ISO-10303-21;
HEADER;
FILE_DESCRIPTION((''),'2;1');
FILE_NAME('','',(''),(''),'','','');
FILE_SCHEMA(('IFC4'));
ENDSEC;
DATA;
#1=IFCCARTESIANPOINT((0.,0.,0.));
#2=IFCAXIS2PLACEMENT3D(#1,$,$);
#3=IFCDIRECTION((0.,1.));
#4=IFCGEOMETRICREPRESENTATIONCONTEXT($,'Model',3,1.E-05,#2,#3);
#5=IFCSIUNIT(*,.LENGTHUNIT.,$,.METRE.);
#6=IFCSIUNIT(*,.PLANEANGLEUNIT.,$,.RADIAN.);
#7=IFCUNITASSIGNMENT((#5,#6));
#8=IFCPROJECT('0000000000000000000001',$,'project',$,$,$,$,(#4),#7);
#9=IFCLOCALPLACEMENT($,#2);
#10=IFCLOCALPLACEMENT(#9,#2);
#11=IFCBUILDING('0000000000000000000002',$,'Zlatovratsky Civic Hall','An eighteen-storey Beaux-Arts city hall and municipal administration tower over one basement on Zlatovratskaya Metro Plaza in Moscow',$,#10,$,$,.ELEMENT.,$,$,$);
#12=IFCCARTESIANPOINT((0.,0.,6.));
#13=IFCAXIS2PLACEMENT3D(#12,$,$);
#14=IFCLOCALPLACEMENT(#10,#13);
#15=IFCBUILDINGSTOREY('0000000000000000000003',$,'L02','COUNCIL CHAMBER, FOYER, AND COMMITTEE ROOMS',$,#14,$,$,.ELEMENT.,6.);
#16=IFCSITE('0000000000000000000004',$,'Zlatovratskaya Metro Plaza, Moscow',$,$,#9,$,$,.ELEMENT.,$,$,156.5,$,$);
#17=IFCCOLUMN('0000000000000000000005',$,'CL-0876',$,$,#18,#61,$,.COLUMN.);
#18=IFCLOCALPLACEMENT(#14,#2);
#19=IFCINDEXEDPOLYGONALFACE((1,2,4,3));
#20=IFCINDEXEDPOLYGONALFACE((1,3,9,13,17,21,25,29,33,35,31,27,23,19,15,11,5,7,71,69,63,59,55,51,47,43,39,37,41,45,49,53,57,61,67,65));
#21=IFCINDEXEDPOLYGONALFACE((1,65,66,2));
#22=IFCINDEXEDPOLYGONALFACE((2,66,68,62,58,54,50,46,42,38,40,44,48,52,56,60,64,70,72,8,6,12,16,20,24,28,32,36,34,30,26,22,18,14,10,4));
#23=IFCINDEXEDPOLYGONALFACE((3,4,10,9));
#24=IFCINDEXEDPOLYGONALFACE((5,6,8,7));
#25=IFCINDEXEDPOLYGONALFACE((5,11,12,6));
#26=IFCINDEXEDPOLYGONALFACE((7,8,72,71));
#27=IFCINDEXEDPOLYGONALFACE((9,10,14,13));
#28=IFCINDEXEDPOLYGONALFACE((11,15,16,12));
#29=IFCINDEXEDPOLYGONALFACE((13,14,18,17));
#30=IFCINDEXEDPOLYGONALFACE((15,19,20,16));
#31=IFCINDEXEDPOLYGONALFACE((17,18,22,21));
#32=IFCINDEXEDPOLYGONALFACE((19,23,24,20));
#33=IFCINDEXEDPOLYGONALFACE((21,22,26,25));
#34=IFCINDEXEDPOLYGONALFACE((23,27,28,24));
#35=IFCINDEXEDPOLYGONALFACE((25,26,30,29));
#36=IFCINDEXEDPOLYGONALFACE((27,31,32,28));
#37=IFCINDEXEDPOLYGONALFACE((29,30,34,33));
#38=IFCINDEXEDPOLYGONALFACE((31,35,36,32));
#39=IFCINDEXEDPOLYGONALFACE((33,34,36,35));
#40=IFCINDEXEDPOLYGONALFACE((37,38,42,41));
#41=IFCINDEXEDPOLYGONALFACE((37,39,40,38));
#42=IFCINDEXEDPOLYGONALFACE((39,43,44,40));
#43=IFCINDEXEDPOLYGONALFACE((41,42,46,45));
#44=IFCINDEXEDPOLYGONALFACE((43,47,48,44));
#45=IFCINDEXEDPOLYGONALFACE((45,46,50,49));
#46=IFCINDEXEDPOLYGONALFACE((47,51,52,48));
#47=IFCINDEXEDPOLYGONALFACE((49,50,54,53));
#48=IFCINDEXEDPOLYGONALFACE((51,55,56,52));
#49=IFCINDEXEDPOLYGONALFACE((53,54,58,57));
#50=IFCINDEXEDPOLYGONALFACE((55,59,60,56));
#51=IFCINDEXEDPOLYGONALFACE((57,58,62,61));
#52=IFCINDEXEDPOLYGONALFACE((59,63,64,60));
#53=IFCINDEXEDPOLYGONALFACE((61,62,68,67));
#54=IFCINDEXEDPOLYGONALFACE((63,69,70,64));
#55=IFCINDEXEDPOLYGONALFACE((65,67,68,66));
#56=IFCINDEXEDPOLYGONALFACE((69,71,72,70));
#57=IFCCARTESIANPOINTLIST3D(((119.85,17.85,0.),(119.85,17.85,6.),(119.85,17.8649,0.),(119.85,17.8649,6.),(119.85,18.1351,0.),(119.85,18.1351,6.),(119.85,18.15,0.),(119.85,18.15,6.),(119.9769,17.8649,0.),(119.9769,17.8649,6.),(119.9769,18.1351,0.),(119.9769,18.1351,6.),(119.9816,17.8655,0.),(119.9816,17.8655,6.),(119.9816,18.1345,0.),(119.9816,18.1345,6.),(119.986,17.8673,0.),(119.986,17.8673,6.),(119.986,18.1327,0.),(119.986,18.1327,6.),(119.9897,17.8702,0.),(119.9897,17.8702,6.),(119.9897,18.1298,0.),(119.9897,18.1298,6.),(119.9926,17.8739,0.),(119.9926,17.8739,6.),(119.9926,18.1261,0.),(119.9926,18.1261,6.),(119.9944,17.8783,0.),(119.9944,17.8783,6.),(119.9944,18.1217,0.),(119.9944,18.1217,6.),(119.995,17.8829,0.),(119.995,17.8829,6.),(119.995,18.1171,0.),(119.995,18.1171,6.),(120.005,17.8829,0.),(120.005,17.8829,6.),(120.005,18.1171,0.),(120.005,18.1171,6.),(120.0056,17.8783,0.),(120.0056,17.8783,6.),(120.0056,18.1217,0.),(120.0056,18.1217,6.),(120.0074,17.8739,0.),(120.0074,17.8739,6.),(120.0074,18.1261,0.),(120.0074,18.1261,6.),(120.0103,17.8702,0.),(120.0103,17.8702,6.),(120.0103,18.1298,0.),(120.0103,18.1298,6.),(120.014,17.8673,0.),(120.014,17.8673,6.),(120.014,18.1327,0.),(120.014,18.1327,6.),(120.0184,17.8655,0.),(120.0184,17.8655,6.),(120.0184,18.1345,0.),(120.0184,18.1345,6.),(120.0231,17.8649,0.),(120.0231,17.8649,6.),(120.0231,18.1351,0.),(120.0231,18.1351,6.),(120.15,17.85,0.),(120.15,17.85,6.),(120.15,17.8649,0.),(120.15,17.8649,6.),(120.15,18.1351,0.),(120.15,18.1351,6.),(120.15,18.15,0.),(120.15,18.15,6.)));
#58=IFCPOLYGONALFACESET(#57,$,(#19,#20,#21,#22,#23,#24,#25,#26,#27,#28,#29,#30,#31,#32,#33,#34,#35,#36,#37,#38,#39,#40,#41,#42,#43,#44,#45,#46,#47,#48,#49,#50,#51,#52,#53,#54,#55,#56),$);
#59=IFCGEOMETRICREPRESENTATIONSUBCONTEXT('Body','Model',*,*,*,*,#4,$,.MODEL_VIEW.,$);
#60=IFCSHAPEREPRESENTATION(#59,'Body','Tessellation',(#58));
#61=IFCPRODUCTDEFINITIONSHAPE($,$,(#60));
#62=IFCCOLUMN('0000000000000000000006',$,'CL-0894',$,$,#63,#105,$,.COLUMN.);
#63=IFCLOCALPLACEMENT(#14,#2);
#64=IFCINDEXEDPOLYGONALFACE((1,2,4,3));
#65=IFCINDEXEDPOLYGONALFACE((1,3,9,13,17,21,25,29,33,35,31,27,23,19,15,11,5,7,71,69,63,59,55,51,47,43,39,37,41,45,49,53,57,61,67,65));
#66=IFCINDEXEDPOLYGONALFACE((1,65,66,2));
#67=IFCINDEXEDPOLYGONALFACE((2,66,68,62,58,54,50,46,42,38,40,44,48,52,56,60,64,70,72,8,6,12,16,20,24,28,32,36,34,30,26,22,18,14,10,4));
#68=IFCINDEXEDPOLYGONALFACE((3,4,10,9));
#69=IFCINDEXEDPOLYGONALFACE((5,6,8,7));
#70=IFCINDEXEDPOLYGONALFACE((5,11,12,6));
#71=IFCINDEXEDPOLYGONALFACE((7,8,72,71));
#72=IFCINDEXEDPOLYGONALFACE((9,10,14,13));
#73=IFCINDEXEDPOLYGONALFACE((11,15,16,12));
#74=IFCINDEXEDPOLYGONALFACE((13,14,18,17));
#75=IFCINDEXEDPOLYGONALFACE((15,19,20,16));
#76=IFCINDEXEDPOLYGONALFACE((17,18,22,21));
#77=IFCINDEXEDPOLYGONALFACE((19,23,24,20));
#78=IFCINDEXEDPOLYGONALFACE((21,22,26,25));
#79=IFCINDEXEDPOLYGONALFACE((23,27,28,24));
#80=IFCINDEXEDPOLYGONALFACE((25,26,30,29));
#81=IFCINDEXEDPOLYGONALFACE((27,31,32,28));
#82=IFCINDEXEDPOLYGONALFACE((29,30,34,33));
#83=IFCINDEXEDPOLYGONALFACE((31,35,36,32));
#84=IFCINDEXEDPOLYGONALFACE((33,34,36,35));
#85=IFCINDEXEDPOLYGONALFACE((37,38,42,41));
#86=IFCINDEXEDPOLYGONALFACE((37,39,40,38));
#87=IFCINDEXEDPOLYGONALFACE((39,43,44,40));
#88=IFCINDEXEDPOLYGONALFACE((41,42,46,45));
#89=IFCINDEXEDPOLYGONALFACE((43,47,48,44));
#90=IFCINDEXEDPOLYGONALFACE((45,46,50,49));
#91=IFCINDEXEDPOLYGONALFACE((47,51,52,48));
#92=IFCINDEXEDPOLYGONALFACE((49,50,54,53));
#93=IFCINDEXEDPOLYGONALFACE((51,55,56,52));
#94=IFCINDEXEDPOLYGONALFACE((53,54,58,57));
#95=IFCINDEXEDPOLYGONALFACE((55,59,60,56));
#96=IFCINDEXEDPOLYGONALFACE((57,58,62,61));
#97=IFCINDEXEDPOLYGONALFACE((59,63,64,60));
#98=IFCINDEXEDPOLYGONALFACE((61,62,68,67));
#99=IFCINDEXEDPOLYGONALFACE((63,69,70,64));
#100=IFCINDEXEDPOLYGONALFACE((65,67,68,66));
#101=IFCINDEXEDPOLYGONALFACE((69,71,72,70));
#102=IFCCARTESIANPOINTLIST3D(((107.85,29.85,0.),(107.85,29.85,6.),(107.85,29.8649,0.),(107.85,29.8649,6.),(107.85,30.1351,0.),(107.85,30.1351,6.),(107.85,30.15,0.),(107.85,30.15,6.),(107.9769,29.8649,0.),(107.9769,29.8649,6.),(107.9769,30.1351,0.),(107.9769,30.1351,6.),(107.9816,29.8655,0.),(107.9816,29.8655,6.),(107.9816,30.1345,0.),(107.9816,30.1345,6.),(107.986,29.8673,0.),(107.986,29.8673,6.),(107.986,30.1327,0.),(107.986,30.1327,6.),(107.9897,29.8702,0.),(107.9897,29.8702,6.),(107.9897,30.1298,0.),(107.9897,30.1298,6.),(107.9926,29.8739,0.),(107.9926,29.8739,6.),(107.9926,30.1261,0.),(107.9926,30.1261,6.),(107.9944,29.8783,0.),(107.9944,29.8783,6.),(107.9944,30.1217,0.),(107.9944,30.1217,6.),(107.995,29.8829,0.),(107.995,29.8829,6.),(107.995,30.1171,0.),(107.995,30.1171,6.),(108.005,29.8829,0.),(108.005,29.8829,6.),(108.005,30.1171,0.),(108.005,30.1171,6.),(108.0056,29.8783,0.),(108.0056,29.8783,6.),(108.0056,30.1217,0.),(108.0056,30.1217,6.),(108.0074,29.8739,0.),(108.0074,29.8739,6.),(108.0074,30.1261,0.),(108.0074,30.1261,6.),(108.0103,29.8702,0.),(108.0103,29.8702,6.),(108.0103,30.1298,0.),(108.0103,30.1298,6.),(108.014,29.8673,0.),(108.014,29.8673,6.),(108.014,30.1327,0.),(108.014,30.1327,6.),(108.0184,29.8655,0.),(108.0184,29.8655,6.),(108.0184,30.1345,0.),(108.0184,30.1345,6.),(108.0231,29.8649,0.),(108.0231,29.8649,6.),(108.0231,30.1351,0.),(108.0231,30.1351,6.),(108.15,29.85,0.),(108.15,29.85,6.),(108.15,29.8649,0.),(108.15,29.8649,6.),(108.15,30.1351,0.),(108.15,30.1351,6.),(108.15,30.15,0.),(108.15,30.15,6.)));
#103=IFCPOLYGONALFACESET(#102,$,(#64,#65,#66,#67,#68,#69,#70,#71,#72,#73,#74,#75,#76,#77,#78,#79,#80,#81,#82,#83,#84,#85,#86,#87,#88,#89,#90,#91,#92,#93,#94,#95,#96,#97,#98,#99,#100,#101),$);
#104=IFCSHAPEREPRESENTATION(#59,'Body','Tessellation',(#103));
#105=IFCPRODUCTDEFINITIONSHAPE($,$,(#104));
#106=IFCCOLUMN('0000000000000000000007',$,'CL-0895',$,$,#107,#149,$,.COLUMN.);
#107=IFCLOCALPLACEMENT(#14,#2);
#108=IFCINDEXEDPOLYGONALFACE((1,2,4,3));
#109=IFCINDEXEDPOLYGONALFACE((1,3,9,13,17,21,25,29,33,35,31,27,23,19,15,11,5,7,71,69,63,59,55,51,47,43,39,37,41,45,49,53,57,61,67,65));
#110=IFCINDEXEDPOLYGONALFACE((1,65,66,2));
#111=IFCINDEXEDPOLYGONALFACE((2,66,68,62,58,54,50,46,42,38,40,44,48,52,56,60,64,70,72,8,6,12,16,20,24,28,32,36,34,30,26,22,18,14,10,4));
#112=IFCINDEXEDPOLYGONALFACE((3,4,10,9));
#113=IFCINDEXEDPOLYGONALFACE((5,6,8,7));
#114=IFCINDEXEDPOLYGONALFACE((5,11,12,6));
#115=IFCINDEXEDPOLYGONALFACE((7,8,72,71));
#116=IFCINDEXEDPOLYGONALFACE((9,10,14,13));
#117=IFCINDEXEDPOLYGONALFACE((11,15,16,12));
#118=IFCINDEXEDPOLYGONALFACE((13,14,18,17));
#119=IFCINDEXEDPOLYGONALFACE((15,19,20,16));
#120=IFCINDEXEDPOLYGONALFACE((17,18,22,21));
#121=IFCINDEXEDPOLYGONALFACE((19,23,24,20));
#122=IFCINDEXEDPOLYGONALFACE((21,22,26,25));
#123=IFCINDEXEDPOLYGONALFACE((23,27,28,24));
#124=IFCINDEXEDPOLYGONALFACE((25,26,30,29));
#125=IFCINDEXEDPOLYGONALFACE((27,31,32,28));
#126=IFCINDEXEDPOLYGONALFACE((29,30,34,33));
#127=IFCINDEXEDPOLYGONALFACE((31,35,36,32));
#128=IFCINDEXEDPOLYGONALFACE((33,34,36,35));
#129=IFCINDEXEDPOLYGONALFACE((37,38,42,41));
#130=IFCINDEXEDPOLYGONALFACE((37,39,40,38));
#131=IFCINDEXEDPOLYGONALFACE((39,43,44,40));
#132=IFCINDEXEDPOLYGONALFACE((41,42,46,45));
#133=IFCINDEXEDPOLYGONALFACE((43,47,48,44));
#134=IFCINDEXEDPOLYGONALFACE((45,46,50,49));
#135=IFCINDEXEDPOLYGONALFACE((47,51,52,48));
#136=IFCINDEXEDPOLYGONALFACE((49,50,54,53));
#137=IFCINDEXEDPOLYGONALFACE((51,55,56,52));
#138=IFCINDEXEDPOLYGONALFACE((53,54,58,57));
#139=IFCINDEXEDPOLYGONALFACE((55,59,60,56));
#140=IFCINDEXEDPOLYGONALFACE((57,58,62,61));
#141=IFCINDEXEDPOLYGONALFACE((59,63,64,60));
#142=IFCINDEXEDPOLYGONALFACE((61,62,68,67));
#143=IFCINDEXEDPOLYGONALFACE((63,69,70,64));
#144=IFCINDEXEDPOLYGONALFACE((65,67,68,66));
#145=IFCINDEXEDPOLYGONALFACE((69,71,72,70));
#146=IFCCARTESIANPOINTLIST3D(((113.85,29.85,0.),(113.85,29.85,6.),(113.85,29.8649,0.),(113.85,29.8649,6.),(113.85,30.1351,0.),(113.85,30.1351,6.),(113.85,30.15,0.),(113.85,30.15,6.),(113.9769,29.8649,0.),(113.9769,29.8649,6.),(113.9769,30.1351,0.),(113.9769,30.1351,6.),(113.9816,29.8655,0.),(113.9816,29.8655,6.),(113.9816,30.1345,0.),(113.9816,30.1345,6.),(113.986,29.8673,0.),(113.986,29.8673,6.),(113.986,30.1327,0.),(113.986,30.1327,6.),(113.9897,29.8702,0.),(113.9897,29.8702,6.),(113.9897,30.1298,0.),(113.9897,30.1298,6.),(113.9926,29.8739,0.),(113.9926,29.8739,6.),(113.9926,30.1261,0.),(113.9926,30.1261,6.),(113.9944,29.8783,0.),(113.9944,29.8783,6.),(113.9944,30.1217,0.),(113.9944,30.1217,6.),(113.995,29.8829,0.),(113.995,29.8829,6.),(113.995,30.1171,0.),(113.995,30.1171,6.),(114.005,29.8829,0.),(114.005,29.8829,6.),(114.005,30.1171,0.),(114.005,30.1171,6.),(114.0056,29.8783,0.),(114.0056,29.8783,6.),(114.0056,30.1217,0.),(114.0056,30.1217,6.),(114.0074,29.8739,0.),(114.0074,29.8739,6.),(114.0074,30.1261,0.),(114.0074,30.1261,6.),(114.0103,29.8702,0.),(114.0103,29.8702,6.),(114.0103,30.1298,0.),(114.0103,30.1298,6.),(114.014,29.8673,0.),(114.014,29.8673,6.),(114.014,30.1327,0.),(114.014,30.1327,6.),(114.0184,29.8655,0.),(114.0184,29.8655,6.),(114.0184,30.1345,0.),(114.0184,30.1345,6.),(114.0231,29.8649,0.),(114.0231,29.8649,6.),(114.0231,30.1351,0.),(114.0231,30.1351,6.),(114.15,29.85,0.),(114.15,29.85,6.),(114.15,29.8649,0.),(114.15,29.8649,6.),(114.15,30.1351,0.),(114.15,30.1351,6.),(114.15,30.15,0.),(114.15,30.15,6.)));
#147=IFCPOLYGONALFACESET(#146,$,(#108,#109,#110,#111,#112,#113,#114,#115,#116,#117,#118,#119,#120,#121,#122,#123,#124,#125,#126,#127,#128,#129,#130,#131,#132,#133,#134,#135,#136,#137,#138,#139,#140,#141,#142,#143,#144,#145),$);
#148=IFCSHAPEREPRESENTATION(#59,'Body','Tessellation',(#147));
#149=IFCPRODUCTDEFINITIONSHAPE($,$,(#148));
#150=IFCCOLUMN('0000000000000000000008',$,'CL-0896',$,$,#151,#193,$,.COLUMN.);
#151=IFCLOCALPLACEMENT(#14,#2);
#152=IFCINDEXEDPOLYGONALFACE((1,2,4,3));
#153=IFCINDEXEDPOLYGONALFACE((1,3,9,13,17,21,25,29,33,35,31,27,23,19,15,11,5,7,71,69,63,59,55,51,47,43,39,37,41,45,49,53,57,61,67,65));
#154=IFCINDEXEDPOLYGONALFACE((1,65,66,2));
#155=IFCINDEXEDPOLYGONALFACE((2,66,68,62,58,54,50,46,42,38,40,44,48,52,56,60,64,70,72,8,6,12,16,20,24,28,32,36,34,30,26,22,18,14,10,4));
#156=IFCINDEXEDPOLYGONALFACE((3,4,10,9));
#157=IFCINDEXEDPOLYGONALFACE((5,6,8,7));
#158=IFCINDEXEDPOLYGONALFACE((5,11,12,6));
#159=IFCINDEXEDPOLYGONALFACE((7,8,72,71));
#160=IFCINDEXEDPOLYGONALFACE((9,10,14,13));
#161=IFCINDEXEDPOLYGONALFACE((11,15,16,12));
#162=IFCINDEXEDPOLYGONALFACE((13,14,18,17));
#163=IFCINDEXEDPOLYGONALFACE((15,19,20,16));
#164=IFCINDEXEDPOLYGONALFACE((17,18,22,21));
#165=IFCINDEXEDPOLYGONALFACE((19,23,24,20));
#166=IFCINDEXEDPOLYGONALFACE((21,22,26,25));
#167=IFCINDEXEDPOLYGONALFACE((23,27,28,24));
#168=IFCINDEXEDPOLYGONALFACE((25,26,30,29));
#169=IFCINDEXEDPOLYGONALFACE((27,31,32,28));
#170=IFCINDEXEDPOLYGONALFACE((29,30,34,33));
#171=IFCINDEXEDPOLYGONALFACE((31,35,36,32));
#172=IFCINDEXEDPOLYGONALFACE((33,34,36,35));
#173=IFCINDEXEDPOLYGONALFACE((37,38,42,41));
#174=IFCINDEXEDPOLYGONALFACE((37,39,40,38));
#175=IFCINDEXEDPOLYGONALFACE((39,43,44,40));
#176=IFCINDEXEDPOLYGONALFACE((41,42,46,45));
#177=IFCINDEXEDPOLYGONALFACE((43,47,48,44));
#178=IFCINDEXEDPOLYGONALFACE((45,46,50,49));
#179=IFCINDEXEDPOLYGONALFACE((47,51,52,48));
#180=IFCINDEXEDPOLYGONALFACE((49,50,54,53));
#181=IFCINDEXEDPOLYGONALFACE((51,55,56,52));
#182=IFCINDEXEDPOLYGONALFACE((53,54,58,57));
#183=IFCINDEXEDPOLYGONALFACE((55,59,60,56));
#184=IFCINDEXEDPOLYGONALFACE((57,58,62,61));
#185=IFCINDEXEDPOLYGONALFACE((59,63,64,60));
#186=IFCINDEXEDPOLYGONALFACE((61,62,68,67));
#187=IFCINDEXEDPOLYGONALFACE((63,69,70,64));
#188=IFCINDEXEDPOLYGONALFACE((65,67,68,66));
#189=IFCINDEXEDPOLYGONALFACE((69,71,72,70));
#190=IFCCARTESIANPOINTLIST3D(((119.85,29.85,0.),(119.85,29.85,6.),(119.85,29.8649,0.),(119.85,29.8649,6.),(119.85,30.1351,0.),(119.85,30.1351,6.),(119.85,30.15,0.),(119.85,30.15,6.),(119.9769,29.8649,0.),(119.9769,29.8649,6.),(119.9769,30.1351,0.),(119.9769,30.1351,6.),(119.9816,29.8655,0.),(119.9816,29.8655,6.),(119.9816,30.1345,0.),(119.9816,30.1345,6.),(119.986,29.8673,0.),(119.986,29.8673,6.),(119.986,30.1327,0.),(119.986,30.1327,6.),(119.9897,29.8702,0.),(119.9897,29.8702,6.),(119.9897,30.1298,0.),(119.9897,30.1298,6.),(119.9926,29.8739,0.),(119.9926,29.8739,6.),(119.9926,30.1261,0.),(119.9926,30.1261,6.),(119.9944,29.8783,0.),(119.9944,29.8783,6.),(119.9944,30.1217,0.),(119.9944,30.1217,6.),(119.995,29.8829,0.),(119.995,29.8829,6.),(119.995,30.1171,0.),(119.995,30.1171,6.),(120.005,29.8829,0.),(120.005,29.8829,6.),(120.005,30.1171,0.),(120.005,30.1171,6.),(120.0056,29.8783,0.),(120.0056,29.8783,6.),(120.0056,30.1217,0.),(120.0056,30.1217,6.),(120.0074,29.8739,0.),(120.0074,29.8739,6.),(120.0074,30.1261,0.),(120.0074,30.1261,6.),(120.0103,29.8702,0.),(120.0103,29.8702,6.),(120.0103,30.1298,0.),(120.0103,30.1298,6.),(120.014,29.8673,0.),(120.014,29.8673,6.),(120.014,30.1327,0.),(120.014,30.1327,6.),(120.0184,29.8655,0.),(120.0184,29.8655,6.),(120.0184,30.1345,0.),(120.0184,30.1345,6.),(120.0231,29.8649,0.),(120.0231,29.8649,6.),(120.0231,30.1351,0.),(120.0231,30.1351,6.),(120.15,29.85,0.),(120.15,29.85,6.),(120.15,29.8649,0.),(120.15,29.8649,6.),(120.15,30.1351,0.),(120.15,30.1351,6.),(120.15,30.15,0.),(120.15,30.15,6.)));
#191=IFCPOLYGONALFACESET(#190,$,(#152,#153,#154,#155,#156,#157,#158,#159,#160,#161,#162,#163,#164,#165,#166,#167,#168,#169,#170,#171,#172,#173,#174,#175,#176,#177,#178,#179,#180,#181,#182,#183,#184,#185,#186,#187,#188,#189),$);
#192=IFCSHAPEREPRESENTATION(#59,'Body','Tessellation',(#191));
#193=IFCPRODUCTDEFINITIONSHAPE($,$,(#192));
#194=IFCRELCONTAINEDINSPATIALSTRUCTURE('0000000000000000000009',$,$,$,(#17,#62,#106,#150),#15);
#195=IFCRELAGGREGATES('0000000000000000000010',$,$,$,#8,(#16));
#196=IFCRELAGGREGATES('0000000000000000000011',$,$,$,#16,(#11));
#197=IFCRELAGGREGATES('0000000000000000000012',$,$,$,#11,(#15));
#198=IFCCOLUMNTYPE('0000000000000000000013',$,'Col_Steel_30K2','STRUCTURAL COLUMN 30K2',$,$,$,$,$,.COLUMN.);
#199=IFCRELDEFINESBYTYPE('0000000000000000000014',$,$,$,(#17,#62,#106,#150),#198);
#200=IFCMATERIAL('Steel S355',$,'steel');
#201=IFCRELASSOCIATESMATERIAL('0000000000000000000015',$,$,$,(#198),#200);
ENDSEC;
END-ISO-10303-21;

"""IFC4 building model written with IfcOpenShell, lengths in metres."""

from ifc_helpers import new_model, si_unit, direction, frame, origin, origin_2d, place, context, subcontext, project, spatial, i_section, extrude, material, material_profile, profile_set, type_object, element, save


model = new_model("IFC4")

# Units and contexts
model_context = context("Model", 3, precision=1e-05, world=origin(), true_north=direction((0.0, 1.0)))
body_context = subcontext(model_context, "Body", "Model", "MODEL_VIEW")
ifc_project = project(units=[si_unit("LENGTHUNIT", "METRE"), si_unit("PLANEANGLEUNIT", "RADIAN")], contexts=[model_context])

# Site, building, storey
site_placement = place(None, origin())
site = spatial("IfcSite", under=ifc_project, at=site_placement, Name="Zlatovratskaya Metro Plaza, Moscow", CompositionType="ELEMENT", RefElevation=156.5)
building_placement = place(site_placement, origin())
building = spatial("IfcBuilding", under=site, at=building_placement, Name="Zlatovratsky Civic Hall", Description="An eighteen-storey Beaux-Arts city hall and municipal administration tower over one basement on Zlatovratskaya Metro Plaza in Moscow", CompositionType="ELEMENT")
storey_placement = place(building_placement, frame((0.0, 0.0, 6.0)))
storey = spatial("IfcBuildingStorey", under=building, at=storey_placement, Name="L02", Description="COUNCIL CHAMBER, FOYER, AND COMMITTEE ROOMS", CompositionType="ELEMENT", Elevation=6.0)

# Columns
ifc_material_1 = material(Name="Steel S355", Category="steel")
ifc_material_profile_1 = material_profile(ifc_material_1, i_section(OverallWidth=0.3, OverallDepth=0.3, WebThickness=0.01, FlangeThickness=0.0149, FilletRadius=0.0181, at=origin_2d()), Name="30K2")
ifc_profile_set_1 = profile_set([ifc_material_profile_1], Name="Steel S355")
column_type_1 = type_object("IfcColumnType", Name="Col_Steel_30K2", Description="STRUCTURAL COLUMN 30K2", PredefinedType="COLUMN", material=ifc_profile_set_1)
for number, where, z_axis, x_axis, name in (
    (1, (120.0, 18.0, 0.0), (0.0, 0.0, 1.0), (1.0, 0.0, 0.0), "CL-0876"),
    (2, (108.0, 30.0, 0.0), (0.0, 0.0, 1.0), (1.0, 0.0, 0.0), "CL-0894"),
    (3, (114.0, 30.0, 0.0), (0.0, 0.0, 1.0), (1.0, 0.0, 0.0), "CL-0895"),
    (4, (120.0, 30.0, 0.0), (0.0, 0.0, 1.0), (1.0, 0.0, 0.0), "CL-0896"),
):
    element("IfcColumn", number, at=place(storey_placement, frame(where, z_axis=z_axis, x_axis=x_axis)), inside=storey, type_object=column_type_1, Name=name, PredefinedType="COLUMN", context=body_context, shape_type="SweptSolid", body=[
        extrude(i_section(OverallWidth=0.3, OverallDepth=0.3, WebThickness=0.01, FlangeThickness=0.0149, FilletRadius=0.0181, at=origin_2d()), origin(), (0.0, 0.0, 1.0), 6.0),
    ])

save(model, "model.ifc")
